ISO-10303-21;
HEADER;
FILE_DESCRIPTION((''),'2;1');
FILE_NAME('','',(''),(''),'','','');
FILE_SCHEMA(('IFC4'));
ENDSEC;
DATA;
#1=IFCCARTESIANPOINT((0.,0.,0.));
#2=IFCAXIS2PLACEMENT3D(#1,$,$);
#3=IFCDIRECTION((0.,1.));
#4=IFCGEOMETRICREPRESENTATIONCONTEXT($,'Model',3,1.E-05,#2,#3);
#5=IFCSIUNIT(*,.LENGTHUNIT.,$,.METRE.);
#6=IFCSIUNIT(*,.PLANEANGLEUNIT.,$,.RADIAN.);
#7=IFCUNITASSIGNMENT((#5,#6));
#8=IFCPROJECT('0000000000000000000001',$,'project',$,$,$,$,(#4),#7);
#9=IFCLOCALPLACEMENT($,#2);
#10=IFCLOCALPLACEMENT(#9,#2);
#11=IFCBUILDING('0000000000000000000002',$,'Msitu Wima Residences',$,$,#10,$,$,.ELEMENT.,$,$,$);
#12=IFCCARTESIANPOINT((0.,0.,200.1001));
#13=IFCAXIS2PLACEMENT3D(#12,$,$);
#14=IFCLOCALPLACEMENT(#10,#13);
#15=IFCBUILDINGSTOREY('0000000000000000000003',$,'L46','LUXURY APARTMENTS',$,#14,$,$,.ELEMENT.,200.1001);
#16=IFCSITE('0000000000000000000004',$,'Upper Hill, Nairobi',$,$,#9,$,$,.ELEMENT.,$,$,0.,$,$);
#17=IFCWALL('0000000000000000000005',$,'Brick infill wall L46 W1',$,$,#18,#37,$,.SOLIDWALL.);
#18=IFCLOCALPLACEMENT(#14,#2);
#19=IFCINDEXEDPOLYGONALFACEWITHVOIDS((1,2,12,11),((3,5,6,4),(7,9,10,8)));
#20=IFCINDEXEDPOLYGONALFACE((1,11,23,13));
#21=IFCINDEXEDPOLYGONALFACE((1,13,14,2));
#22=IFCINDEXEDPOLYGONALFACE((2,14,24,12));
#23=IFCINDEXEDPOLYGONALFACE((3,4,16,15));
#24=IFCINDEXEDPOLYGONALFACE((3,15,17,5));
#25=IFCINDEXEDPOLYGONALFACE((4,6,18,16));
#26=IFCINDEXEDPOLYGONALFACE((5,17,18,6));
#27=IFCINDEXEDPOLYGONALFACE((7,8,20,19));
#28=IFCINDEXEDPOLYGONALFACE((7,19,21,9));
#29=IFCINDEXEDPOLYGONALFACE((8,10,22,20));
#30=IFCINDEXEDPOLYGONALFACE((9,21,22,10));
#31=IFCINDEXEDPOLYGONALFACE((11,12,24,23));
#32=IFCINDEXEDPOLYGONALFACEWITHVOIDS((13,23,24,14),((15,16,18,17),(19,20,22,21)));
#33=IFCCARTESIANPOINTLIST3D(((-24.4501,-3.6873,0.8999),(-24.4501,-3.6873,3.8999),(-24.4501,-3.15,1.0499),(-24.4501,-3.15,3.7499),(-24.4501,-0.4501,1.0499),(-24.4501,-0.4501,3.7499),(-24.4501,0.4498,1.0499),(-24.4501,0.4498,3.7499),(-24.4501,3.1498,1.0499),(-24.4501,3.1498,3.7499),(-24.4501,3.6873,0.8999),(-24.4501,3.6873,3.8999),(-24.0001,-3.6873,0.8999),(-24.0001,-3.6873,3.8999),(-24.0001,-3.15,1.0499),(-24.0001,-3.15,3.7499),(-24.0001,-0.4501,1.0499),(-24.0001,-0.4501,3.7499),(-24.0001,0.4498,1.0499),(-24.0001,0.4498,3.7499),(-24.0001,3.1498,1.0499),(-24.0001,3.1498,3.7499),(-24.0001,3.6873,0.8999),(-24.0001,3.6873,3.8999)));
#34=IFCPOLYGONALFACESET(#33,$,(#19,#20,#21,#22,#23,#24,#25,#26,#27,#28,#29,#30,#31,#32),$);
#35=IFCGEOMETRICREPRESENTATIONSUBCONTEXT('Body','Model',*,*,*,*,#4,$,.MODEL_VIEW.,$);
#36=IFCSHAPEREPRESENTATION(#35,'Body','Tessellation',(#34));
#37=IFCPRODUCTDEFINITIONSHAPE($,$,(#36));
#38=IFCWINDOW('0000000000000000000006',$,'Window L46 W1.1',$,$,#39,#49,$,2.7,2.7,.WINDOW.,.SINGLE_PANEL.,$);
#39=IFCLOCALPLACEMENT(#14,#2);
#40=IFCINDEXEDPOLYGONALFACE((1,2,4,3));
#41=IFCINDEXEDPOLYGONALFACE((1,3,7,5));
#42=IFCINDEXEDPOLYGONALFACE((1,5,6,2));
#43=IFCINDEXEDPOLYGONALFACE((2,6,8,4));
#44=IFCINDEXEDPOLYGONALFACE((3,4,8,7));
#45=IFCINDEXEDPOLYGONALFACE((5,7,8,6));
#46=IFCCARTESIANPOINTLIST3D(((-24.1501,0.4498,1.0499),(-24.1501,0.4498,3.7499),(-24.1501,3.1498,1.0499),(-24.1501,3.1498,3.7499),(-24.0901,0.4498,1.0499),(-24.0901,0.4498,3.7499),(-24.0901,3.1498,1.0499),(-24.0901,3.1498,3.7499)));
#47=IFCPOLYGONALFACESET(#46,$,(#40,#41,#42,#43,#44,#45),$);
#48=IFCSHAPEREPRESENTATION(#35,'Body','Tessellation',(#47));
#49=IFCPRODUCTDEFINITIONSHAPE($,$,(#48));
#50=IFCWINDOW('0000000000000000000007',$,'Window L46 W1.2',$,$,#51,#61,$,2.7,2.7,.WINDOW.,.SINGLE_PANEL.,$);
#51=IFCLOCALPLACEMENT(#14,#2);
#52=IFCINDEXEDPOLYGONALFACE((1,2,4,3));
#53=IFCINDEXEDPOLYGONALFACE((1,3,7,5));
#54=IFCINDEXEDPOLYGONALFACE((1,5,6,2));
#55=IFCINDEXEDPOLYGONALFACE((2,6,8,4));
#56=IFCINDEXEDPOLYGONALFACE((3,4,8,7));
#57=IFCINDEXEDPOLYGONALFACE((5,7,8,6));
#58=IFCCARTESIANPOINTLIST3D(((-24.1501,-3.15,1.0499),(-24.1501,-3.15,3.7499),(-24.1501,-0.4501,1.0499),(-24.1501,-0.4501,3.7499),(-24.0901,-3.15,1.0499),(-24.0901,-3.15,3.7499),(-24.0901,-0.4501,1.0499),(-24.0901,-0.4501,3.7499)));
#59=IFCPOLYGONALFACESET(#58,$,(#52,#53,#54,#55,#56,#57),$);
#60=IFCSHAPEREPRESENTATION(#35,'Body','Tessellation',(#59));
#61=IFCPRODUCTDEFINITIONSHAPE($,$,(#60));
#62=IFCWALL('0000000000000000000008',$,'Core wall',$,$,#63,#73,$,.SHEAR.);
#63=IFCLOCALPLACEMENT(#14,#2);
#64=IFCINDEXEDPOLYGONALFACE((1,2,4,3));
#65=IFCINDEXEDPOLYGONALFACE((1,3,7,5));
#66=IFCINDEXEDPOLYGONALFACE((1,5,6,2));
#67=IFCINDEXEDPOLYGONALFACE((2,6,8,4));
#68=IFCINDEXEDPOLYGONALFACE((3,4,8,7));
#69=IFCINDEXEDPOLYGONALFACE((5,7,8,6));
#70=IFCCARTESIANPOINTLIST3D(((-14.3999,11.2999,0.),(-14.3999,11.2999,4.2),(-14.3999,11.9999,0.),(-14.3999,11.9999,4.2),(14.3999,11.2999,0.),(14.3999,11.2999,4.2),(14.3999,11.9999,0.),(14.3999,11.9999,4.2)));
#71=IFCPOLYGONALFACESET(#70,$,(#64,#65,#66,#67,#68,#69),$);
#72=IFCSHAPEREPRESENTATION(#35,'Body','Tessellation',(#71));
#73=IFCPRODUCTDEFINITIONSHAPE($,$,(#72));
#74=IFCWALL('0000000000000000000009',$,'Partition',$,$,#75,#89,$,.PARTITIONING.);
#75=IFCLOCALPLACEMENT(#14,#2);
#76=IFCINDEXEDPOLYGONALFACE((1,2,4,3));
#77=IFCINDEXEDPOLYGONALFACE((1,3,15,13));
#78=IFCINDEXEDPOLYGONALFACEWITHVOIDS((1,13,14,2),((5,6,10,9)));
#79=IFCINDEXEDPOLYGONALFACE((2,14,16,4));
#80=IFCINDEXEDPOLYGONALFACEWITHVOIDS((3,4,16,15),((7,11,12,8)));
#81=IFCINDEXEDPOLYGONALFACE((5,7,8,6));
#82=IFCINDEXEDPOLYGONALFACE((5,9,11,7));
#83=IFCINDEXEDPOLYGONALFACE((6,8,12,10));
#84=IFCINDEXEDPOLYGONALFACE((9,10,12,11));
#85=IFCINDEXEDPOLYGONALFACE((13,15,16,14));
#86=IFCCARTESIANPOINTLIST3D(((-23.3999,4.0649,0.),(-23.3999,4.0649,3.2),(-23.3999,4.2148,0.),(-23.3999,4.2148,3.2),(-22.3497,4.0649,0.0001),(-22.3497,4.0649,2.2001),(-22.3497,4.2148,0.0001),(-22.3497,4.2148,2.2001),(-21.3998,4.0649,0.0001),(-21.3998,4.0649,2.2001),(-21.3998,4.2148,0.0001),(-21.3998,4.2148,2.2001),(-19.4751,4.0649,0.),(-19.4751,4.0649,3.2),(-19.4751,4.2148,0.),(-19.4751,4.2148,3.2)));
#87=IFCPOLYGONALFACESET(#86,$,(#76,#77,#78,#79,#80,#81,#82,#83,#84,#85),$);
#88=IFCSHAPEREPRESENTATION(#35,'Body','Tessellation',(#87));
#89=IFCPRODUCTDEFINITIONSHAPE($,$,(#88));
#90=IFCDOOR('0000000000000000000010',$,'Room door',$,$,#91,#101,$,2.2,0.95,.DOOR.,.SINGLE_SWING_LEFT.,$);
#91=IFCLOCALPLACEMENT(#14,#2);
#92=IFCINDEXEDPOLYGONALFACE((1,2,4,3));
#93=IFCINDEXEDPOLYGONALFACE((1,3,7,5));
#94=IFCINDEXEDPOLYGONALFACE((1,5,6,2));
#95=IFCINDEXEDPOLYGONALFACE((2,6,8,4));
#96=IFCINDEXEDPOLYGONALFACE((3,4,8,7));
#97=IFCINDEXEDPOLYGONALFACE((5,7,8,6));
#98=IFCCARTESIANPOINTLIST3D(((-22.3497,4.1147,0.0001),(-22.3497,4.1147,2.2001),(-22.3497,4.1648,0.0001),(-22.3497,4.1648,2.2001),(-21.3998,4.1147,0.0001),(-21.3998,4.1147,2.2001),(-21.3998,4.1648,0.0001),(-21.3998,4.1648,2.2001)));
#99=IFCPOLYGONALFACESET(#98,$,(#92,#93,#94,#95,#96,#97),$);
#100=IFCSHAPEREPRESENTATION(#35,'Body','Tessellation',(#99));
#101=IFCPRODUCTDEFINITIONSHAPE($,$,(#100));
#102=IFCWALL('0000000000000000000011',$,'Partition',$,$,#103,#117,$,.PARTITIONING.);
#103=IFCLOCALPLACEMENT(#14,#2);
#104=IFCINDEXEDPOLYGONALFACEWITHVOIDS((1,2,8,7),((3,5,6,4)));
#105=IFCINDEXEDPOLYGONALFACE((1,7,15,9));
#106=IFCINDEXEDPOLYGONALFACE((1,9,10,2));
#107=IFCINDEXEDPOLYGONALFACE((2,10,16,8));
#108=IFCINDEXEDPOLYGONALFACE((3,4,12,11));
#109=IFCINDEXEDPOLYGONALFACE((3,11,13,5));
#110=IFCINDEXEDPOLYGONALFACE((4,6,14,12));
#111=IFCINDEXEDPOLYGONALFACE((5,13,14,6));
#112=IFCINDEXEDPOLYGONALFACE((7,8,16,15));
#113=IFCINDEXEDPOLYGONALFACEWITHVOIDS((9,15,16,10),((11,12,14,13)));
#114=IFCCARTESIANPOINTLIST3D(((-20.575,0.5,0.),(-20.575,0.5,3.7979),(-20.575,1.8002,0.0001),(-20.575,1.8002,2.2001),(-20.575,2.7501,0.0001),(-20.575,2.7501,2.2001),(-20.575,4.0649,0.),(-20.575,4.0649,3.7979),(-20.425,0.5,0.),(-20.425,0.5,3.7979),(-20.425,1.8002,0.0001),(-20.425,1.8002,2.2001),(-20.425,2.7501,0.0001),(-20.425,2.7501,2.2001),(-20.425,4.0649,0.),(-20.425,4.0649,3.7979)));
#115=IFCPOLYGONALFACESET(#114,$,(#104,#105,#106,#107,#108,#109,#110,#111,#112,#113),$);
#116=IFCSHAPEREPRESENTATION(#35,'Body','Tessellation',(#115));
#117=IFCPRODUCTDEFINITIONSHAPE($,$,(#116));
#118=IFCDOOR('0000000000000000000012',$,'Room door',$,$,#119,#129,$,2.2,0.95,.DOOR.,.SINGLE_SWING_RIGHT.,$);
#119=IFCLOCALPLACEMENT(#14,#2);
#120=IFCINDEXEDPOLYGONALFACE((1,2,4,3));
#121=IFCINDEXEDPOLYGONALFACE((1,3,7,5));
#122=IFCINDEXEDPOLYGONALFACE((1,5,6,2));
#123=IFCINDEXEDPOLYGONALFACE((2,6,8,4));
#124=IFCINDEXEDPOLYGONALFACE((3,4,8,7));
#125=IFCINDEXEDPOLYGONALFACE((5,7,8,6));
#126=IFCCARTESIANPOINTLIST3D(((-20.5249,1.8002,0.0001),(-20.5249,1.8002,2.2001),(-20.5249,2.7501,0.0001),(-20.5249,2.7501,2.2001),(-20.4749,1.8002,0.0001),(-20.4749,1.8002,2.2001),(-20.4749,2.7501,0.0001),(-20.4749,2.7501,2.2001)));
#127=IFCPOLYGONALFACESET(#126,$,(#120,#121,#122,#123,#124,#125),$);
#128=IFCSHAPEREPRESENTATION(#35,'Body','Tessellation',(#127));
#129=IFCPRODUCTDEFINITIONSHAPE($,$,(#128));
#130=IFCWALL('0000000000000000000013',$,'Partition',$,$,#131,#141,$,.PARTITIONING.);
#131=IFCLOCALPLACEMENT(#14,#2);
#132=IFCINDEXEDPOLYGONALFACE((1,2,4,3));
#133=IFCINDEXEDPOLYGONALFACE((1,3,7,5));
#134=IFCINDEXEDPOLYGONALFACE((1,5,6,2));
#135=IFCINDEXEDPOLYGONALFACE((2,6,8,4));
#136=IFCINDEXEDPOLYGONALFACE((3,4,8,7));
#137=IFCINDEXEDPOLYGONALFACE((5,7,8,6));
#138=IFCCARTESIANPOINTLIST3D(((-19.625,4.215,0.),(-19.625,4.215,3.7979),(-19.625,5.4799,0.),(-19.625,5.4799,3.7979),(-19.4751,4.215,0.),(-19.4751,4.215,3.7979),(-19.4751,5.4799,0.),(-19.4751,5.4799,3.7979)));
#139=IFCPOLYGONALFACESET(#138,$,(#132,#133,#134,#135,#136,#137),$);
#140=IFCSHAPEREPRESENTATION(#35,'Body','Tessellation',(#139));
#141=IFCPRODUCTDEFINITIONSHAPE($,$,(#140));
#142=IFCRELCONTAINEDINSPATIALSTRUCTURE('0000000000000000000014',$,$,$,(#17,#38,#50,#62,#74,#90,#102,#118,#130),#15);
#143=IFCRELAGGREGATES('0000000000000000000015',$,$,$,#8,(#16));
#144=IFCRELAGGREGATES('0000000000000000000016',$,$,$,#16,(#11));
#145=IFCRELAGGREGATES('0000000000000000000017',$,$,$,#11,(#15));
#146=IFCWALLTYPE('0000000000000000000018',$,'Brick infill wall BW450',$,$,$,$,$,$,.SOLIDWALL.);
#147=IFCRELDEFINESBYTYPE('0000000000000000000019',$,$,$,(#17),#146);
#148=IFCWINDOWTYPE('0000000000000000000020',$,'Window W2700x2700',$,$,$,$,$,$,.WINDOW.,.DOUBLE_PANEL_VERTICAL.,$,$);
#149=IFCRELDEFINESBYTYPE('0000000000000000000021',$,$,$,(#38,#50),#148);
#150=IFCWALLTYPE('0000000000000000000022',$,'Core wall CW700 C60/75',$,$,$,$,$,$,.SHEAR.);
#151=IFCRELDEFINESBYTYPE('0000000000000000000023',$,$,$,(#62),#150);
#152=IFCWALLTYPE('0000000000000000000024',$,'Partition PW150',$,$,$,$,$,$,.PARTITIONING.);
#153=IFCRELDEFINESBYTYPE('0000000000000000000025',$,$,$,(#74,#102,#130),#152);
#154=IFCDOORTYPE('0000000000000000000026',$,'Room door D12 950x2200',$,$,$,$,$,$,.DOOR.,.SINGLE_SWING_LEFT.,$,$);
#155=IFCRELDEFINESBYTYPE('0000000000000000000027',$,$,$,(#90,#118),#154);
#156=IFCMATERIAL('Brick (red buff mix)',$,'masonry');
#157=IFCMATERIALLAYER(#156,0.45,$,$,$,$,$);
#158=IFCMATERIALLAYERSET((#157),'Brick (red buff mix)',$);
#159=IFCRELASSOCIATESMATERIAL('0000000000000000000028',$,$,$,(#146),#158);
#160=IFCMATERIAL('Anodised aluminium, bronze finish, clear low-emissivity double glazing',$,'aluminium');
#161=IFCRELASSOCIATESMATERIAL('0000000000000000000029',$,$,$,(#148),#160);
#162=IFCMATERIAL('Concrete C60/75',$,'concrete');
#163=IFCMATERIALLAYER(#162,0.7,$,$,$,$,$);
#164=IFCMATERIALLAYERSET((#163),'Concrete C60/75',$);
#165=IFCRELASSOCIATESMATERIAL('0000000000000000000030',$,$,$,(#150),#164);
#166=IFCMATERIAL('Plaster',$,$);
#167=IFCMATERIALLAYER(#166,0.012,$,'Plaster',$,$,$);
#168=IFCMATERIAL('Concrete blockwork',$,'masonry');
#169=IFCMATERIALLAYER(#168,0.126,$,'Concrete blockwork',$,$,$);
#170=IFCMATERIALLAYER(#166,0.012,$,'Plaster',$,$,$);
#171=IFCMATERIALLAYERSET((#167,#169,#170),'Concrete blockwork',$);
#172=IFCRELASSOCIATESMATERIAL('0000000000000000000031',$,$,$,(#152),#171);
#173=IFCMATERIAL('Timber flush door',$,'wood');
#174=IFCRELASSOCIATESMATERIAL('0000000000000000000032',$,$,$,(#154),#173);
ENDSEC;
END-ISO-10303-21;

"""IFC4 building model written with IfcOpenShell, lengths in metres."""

from ifc_helpers import new_model, si_unit, direction, frame, frame_2d, origin, place, context, subcontext, project, spatial, rectangle, extrude, material, layer, layer_set, type_object, element, fill, save


model = new_model("IFC4")

# Units and contexts
model_context = context("Model", 3, precision=1e-05, world=origin(), true_north=direction((0.0, 1.0)))
body_context = subcontext(model_context, "Body", "Model", "MODEL_VIEW")
ifc_project = project(units=[si_unit("LENGTHUNIT", "METRE"), si_unit("PLANEANGLEUNIT", "RADIAN")], contexts=[model_context])

# Site, building, storey
site_placement = place(None, origin())
site = spatial("IfcSite", under=ifc_project, at=site_placement, Name="Upper Hill, Nairobi", CompositionType="ELEMENT", RefElevation=0.0)
building_placement = place(site_placement, origin())
building = spatial("IfcBuilding", under=site, at=building_placement, Name="Msitu Wima Residences", CompositionType="ELEMENT")
storey_placement = place(building_placement, frame((0.0, 0.0, 200.1001)))
storey = spatial("IfcBuildingStorey", under=building, at=storey_placement, Name="L46", Description="LUXURY APARTMENTS", CompositionType="ELEMENT", Elevation=200.1001)

# Shared definitions
ifc_material_1 = material(Name="Concrete C60/75", Category="concrete")

# Shared definitions
ifc_material_2 = material(Name="Brick (red buff mix)", Category="masonry")
ifc_layer_1 = layer(ifc_material_2, 0.45)
ifc_layer_set_1 = layer_set([ifc_layer_1], Name="Brick (red buff mix)")
wall_type_1 = type_object("IfcWallType", Name="Brick infill wall BW450", PredefinedType="SOLIDWALL", material=ifc_layer_set_1)
ifc_material_3 = material(Name="Anodised aluminium, bronze finish, clear low-emissivity double glazing", Category="aluminium")
window_type = type_object("IfcWindowType", Name="Window W2700x2700", PartitioningType="DOUBLE_PANEL_VERTICAL", PredefinedType="WINDOW", material=ifc_material_3)

# Wall, openings, windows
wall_1_placement = place(storey_placement, frame((-24.2251, 3.6873, 0.8999), z_axis=(0.0, 0.0, 1.0), x_axis=(0.0, -1.0, 0.0)))
wall_1 = element("IfcWall", 1, at=wall_1_placement, inside=storey, type_object=wall_type_1, Name="Brick infill wall L46 W1", PredefinedType="SOLIDWALL", context=body_context, shape_type="SweptSolid", body=[
    extrude(rectangle(XDim=7.3745, YDim=0.45, at=frame_2d((3.6873, 0.0))), origin(), (0.0, 0.0, 1.0), 3.0),
])
opening_1_placement = place(wall_1_placement, frame((0.5374, 0.0, 0.1499)))
opening_1 = element("IfcOpeningElement", 2, at=opening_1_placement, cuts=wall_1, PredefinedType="OPENING", context=body_context, shape_type="SweptSolid", body=[
    extrude(rectangle(XDim=2.7, YDim=2.7, at=frame_2d((1.3501, 1.3501))), frame((0.0, 0.2349, 0.0), z_axis=(0.0, -1.0, 0.0), x_axis=(1.0, 0.0, 0.0)), (0.0, 0.0, 1.0), 0.47),
])
opening_2_placement = place(wall_1_placement, frame((4.1372, 0.0, 0.1499)))
opening_2 = element("IfcOpeningElement", 3, at=opening_2_placement, cuts=wall_1, PredefinedType="OPENING", context=body_context, shape_type="SweptSolid", body=[
    extrude(rectangle(XDim=2.7, YDim=2.7, at=frame_2d((1.3501, 1.3501))), frame((0.0, 0.2349, 0.0), z_axis=(0.0, -1.0, 0.0), x_axis=(1.0, 0.0, 0.0)), (0.0, 0.0, 1.0), 0.47),
])
window_1_placement = place(opening_1_placement, origin())
window_1 = element("IfcWindow", 4, at=window_1_placement, inside=storey, type_object=window_type, Name="Window L46 W1.1", OverallHeight=2.7, OverallWidth=2.7, PartitioningType="SINGLE_PANEL", PredefinedType="WINDOW", context=body_context, shape_type="SweptSolid", body=[
    extrude(rectangle(XDim=2.7, YDim=2.7, at=frame_2d((1.3501, 1.3501))), frame((0.0, 0.135, 0.0), z_axis=(0.0, -1.0, 0.0), x_axis=(1.0, 0.0, 0.0)), (0.0, 0.0, 1.0), 0.0601),
])
fill(opening_1, window_1)
window_2_placement = place(opening_2_placement, origin())
window_2 = element("IfcWindow", 5, at=window_2_placement, inside=storey, type_object=window_type, Name="Window L46 W1.2", OverallHeight=2.7, OverallWidth=2.7, PartitioningType="SINGLE_PANEL", PredefinedType="WINDOW", context=body_context, shape_type="SweptSolid", body=[
    extrude(rectangle(XDim=2.7, YDim=2.7, at=frame_2d((1.3501, 1.3501))), frame((0.0, 0.135, 0.0), z_axis=(0.0, -1.0, 0.0), x_axis=(1.0, 0.0, 0.0)), (0.0, 0.0, 1.0), 0.0601),
])
fill(opening_2, window_2)

# Wall
ifc_layer_2 = layer(ifc_material_1, 0.7)
ifc_layer_set_2 = layer_set([ifc_layer_2], Name="Concrete C60/75")
wall_type_2 = type_object("IfcWallType", Name="Core wall CW700 C60/75", PredefinedType="SHEAR", material=ifc_layer_set_2)
wall_2_placement = place(storey_placement, frame((-14.3999, 11.6499, 0.0), z_axis=(0.0, 0.0, 1.0), x_axis=(1.0, 0.0, 0.0)))
element("IfcWall", 6, at=wall_2_placement, inside=storey, type_object=wall_type_2, Name="Core wall", PredefinedType="SHEAR", context=body_context, shape_type="SweptSolid", body=[
    extrude(rectangle(XDim=28.7998, YDim=0.7, at=frame_2d((14.3999, 0.0))), origin(), (0.0, 0.0, 1.0), 4.2),
])

# Walls, openings, doors
ifc_material_4 = material(Name="Plaster")
ifc_layer_3 = layer(ifc_material_4, 0.012, Name="Plaster")
ifc_material_5 = material(Name="Concrete blockwork", Category="masonry")
ifc_layer_4 = layer(ifc_material_5, 0.126, Name="Concrete blockwork")
ifc_layer_5 = layer(ifc_material_4, 0.012, Name="Plaster")
ifc_layer_set_3 = layer_set([ifc_layer_3, ifc_layer_4, ifc_layer_5], Name="Concrete blockwork")
wall_type_3 = type_object("IfcWallType", Name="Partition PW150", PredefinedType="PARTITIONING", material=ifc_layer_set_3)
wall_3_placement = place(storey_placement, frame((-23.3999, 4.1399, 0.0), z_axis=(0.0, 0.0, 1.0), x_axis=(1.0, 0.0, 0.0)))
wall_3 = element("IfcWall", 7, at=wall_3_placement, inside=storey, type_object=wall_type_3, Name="Partition", PredefinedType="PARTITIONING", context=body_context, shape_type="SweptSolid", body=[
    extrude(rectangle(XDim=3.9248, YDim=0.1499, at=frame_2d((1.9624, 0.0))), origin(), (0.0, 0.0, 1.0), 3.2),
])
opening_3_placement = place(wall_3_placement, frame((1.05, 0.0, 0.0)))
opening_3 = element("IfcOpeningElement", 8, at=opening_3_placement, cuts=wall_3, PredefinedType="OPENING", context=body_context, shape_type="SweptSolid", body=[
    extrude(rectangle(XDim=0.95, YDim=2.2, at=frame_2d((0.4751, 1.1001))), frame((0.0, 0.085, 0.0), z_axis=(0.0, -1.0, 0.0), x_axis=(1.0, 0.0, 0.0)), (0.0, 0.0, 1.0), 0.1699),
])
ifc_material_6 = material(Name="Timber flush door", Category="wood")
door_type_1 = type_object("IfcDoorType", Name="Room door D12 950x2200", OperationType="SINGLE_SWING_LEFT", PredefinedType="DOOR", material=ifc_material_6)
door_1_placement = place(opening_3_placement, origin())
door_1 = element("IfcDoor", 9, at=door_1_placement, inside=storey, type_object=door_type_1, Name="Room door", OperationType="SINGLE_SWING_LEFT", OverallHeight=2.2, OverallWidth=0.95, PredefinedType="DOOR", context=body_context, shape_type="SweptSolid", body=[
    extrude(rectangle(XDim=0.95, YDim=2.2, at=frame_2d((0.4751, 1.1001))), frame((0.0, 0.0249, 0.0), z_axis=(0.0, -1.0, 0.0), x_axis=(1.0, 0.0, 0.0)), (0.0, 0.0, 1.0), 0.05),
])
fill(opening_3, door_1)
wall_4_placement = place(storey_placement, frame((-20.5, 0.5, 0.0), z_axis=(0.0, 0.0, 1.0), x_axis=(0.0, 1.0, 0.0)))
wall_4 = element("IfcWall", 10, at=wall_4_placement, inside=storey, type_object=wall_type_3, Name="Partition", PredefinedType="PARTITIONING", context=body_context, shape_type="SweptSolid", body=[
    extrude(rectangle(XDim=3.5649, YDim=0.1499, at=frame_2d((1.7825, 0.0))), origin(), (0.0, 0.0, 1.0), 3.7979),
])
opening_4_placement = place(wall_4_placement, frame((1.3, 0.0, 0.0)))
opening_4 = element("IfcOpeningElement", 11, at=opening_4_placement, cuts=wall_4, PredefinedType="OPENING", context=body_context, shape_type="SweptSolid", body=[
    extrude(rectangle(XDim=0.95, YDim=2.2, at=frame_2d((0.4751, 1.1001))), frame((0.0, 0.085, 0.0), z_axis=(0.0, -1.0, 0.0), x_axis=(1.0, 0.0, 0.0)), (0.0, 0.0, 1.0), 0.1699),
])
door_2_placement = place(opening_4_placement, origin())
door_2 = element("IfcDoor", 12, at=door_2_placement, inside=storey, type_object=door_type_1, Name="Room door", OperationType="SINGLE_SWING_RIGHT", OverallHeight=2.2, OverallWidth=0.95, PredefinedType="DOOR", context=body_context, shape_type="SweptSolid", body=[
    extrude(rectangle(XDim=0.95, YDim=2.2, at=frame_2d((0.4751, 1.1001))), frame((0.0, 0.0249, 0.0), z_axis=(0.0, -1.0, 0.0), x_axis=(1.0, 0.0, 0.0)), (0.0, 0.0, 1.0), 0.05),
])
fill(opening_4, door_2)

# Wall
wall_5_placement = place(storey_placement, frame((-19.55, 4.2151, 0.0), z_axis=(0.0, 0.0, 1.0), x_axis=(0.0, 1.0, 0.0)))
element("IfcWall", 13, at=wall_5_placement, inside=storey, type_object=wall_type_3, Name="Partition", PredefinedType="PARTITIONING", context=body_context, shape_type="SweptSolid", body=[
    extrude(rectangle(XDim=1.2649, YDim=0.1499, at=frame_2d((0.6323, 0.0))), origin(), (0.0, 0.0, 1.0), 3.7979),
])

save(model, "model.ifc")
